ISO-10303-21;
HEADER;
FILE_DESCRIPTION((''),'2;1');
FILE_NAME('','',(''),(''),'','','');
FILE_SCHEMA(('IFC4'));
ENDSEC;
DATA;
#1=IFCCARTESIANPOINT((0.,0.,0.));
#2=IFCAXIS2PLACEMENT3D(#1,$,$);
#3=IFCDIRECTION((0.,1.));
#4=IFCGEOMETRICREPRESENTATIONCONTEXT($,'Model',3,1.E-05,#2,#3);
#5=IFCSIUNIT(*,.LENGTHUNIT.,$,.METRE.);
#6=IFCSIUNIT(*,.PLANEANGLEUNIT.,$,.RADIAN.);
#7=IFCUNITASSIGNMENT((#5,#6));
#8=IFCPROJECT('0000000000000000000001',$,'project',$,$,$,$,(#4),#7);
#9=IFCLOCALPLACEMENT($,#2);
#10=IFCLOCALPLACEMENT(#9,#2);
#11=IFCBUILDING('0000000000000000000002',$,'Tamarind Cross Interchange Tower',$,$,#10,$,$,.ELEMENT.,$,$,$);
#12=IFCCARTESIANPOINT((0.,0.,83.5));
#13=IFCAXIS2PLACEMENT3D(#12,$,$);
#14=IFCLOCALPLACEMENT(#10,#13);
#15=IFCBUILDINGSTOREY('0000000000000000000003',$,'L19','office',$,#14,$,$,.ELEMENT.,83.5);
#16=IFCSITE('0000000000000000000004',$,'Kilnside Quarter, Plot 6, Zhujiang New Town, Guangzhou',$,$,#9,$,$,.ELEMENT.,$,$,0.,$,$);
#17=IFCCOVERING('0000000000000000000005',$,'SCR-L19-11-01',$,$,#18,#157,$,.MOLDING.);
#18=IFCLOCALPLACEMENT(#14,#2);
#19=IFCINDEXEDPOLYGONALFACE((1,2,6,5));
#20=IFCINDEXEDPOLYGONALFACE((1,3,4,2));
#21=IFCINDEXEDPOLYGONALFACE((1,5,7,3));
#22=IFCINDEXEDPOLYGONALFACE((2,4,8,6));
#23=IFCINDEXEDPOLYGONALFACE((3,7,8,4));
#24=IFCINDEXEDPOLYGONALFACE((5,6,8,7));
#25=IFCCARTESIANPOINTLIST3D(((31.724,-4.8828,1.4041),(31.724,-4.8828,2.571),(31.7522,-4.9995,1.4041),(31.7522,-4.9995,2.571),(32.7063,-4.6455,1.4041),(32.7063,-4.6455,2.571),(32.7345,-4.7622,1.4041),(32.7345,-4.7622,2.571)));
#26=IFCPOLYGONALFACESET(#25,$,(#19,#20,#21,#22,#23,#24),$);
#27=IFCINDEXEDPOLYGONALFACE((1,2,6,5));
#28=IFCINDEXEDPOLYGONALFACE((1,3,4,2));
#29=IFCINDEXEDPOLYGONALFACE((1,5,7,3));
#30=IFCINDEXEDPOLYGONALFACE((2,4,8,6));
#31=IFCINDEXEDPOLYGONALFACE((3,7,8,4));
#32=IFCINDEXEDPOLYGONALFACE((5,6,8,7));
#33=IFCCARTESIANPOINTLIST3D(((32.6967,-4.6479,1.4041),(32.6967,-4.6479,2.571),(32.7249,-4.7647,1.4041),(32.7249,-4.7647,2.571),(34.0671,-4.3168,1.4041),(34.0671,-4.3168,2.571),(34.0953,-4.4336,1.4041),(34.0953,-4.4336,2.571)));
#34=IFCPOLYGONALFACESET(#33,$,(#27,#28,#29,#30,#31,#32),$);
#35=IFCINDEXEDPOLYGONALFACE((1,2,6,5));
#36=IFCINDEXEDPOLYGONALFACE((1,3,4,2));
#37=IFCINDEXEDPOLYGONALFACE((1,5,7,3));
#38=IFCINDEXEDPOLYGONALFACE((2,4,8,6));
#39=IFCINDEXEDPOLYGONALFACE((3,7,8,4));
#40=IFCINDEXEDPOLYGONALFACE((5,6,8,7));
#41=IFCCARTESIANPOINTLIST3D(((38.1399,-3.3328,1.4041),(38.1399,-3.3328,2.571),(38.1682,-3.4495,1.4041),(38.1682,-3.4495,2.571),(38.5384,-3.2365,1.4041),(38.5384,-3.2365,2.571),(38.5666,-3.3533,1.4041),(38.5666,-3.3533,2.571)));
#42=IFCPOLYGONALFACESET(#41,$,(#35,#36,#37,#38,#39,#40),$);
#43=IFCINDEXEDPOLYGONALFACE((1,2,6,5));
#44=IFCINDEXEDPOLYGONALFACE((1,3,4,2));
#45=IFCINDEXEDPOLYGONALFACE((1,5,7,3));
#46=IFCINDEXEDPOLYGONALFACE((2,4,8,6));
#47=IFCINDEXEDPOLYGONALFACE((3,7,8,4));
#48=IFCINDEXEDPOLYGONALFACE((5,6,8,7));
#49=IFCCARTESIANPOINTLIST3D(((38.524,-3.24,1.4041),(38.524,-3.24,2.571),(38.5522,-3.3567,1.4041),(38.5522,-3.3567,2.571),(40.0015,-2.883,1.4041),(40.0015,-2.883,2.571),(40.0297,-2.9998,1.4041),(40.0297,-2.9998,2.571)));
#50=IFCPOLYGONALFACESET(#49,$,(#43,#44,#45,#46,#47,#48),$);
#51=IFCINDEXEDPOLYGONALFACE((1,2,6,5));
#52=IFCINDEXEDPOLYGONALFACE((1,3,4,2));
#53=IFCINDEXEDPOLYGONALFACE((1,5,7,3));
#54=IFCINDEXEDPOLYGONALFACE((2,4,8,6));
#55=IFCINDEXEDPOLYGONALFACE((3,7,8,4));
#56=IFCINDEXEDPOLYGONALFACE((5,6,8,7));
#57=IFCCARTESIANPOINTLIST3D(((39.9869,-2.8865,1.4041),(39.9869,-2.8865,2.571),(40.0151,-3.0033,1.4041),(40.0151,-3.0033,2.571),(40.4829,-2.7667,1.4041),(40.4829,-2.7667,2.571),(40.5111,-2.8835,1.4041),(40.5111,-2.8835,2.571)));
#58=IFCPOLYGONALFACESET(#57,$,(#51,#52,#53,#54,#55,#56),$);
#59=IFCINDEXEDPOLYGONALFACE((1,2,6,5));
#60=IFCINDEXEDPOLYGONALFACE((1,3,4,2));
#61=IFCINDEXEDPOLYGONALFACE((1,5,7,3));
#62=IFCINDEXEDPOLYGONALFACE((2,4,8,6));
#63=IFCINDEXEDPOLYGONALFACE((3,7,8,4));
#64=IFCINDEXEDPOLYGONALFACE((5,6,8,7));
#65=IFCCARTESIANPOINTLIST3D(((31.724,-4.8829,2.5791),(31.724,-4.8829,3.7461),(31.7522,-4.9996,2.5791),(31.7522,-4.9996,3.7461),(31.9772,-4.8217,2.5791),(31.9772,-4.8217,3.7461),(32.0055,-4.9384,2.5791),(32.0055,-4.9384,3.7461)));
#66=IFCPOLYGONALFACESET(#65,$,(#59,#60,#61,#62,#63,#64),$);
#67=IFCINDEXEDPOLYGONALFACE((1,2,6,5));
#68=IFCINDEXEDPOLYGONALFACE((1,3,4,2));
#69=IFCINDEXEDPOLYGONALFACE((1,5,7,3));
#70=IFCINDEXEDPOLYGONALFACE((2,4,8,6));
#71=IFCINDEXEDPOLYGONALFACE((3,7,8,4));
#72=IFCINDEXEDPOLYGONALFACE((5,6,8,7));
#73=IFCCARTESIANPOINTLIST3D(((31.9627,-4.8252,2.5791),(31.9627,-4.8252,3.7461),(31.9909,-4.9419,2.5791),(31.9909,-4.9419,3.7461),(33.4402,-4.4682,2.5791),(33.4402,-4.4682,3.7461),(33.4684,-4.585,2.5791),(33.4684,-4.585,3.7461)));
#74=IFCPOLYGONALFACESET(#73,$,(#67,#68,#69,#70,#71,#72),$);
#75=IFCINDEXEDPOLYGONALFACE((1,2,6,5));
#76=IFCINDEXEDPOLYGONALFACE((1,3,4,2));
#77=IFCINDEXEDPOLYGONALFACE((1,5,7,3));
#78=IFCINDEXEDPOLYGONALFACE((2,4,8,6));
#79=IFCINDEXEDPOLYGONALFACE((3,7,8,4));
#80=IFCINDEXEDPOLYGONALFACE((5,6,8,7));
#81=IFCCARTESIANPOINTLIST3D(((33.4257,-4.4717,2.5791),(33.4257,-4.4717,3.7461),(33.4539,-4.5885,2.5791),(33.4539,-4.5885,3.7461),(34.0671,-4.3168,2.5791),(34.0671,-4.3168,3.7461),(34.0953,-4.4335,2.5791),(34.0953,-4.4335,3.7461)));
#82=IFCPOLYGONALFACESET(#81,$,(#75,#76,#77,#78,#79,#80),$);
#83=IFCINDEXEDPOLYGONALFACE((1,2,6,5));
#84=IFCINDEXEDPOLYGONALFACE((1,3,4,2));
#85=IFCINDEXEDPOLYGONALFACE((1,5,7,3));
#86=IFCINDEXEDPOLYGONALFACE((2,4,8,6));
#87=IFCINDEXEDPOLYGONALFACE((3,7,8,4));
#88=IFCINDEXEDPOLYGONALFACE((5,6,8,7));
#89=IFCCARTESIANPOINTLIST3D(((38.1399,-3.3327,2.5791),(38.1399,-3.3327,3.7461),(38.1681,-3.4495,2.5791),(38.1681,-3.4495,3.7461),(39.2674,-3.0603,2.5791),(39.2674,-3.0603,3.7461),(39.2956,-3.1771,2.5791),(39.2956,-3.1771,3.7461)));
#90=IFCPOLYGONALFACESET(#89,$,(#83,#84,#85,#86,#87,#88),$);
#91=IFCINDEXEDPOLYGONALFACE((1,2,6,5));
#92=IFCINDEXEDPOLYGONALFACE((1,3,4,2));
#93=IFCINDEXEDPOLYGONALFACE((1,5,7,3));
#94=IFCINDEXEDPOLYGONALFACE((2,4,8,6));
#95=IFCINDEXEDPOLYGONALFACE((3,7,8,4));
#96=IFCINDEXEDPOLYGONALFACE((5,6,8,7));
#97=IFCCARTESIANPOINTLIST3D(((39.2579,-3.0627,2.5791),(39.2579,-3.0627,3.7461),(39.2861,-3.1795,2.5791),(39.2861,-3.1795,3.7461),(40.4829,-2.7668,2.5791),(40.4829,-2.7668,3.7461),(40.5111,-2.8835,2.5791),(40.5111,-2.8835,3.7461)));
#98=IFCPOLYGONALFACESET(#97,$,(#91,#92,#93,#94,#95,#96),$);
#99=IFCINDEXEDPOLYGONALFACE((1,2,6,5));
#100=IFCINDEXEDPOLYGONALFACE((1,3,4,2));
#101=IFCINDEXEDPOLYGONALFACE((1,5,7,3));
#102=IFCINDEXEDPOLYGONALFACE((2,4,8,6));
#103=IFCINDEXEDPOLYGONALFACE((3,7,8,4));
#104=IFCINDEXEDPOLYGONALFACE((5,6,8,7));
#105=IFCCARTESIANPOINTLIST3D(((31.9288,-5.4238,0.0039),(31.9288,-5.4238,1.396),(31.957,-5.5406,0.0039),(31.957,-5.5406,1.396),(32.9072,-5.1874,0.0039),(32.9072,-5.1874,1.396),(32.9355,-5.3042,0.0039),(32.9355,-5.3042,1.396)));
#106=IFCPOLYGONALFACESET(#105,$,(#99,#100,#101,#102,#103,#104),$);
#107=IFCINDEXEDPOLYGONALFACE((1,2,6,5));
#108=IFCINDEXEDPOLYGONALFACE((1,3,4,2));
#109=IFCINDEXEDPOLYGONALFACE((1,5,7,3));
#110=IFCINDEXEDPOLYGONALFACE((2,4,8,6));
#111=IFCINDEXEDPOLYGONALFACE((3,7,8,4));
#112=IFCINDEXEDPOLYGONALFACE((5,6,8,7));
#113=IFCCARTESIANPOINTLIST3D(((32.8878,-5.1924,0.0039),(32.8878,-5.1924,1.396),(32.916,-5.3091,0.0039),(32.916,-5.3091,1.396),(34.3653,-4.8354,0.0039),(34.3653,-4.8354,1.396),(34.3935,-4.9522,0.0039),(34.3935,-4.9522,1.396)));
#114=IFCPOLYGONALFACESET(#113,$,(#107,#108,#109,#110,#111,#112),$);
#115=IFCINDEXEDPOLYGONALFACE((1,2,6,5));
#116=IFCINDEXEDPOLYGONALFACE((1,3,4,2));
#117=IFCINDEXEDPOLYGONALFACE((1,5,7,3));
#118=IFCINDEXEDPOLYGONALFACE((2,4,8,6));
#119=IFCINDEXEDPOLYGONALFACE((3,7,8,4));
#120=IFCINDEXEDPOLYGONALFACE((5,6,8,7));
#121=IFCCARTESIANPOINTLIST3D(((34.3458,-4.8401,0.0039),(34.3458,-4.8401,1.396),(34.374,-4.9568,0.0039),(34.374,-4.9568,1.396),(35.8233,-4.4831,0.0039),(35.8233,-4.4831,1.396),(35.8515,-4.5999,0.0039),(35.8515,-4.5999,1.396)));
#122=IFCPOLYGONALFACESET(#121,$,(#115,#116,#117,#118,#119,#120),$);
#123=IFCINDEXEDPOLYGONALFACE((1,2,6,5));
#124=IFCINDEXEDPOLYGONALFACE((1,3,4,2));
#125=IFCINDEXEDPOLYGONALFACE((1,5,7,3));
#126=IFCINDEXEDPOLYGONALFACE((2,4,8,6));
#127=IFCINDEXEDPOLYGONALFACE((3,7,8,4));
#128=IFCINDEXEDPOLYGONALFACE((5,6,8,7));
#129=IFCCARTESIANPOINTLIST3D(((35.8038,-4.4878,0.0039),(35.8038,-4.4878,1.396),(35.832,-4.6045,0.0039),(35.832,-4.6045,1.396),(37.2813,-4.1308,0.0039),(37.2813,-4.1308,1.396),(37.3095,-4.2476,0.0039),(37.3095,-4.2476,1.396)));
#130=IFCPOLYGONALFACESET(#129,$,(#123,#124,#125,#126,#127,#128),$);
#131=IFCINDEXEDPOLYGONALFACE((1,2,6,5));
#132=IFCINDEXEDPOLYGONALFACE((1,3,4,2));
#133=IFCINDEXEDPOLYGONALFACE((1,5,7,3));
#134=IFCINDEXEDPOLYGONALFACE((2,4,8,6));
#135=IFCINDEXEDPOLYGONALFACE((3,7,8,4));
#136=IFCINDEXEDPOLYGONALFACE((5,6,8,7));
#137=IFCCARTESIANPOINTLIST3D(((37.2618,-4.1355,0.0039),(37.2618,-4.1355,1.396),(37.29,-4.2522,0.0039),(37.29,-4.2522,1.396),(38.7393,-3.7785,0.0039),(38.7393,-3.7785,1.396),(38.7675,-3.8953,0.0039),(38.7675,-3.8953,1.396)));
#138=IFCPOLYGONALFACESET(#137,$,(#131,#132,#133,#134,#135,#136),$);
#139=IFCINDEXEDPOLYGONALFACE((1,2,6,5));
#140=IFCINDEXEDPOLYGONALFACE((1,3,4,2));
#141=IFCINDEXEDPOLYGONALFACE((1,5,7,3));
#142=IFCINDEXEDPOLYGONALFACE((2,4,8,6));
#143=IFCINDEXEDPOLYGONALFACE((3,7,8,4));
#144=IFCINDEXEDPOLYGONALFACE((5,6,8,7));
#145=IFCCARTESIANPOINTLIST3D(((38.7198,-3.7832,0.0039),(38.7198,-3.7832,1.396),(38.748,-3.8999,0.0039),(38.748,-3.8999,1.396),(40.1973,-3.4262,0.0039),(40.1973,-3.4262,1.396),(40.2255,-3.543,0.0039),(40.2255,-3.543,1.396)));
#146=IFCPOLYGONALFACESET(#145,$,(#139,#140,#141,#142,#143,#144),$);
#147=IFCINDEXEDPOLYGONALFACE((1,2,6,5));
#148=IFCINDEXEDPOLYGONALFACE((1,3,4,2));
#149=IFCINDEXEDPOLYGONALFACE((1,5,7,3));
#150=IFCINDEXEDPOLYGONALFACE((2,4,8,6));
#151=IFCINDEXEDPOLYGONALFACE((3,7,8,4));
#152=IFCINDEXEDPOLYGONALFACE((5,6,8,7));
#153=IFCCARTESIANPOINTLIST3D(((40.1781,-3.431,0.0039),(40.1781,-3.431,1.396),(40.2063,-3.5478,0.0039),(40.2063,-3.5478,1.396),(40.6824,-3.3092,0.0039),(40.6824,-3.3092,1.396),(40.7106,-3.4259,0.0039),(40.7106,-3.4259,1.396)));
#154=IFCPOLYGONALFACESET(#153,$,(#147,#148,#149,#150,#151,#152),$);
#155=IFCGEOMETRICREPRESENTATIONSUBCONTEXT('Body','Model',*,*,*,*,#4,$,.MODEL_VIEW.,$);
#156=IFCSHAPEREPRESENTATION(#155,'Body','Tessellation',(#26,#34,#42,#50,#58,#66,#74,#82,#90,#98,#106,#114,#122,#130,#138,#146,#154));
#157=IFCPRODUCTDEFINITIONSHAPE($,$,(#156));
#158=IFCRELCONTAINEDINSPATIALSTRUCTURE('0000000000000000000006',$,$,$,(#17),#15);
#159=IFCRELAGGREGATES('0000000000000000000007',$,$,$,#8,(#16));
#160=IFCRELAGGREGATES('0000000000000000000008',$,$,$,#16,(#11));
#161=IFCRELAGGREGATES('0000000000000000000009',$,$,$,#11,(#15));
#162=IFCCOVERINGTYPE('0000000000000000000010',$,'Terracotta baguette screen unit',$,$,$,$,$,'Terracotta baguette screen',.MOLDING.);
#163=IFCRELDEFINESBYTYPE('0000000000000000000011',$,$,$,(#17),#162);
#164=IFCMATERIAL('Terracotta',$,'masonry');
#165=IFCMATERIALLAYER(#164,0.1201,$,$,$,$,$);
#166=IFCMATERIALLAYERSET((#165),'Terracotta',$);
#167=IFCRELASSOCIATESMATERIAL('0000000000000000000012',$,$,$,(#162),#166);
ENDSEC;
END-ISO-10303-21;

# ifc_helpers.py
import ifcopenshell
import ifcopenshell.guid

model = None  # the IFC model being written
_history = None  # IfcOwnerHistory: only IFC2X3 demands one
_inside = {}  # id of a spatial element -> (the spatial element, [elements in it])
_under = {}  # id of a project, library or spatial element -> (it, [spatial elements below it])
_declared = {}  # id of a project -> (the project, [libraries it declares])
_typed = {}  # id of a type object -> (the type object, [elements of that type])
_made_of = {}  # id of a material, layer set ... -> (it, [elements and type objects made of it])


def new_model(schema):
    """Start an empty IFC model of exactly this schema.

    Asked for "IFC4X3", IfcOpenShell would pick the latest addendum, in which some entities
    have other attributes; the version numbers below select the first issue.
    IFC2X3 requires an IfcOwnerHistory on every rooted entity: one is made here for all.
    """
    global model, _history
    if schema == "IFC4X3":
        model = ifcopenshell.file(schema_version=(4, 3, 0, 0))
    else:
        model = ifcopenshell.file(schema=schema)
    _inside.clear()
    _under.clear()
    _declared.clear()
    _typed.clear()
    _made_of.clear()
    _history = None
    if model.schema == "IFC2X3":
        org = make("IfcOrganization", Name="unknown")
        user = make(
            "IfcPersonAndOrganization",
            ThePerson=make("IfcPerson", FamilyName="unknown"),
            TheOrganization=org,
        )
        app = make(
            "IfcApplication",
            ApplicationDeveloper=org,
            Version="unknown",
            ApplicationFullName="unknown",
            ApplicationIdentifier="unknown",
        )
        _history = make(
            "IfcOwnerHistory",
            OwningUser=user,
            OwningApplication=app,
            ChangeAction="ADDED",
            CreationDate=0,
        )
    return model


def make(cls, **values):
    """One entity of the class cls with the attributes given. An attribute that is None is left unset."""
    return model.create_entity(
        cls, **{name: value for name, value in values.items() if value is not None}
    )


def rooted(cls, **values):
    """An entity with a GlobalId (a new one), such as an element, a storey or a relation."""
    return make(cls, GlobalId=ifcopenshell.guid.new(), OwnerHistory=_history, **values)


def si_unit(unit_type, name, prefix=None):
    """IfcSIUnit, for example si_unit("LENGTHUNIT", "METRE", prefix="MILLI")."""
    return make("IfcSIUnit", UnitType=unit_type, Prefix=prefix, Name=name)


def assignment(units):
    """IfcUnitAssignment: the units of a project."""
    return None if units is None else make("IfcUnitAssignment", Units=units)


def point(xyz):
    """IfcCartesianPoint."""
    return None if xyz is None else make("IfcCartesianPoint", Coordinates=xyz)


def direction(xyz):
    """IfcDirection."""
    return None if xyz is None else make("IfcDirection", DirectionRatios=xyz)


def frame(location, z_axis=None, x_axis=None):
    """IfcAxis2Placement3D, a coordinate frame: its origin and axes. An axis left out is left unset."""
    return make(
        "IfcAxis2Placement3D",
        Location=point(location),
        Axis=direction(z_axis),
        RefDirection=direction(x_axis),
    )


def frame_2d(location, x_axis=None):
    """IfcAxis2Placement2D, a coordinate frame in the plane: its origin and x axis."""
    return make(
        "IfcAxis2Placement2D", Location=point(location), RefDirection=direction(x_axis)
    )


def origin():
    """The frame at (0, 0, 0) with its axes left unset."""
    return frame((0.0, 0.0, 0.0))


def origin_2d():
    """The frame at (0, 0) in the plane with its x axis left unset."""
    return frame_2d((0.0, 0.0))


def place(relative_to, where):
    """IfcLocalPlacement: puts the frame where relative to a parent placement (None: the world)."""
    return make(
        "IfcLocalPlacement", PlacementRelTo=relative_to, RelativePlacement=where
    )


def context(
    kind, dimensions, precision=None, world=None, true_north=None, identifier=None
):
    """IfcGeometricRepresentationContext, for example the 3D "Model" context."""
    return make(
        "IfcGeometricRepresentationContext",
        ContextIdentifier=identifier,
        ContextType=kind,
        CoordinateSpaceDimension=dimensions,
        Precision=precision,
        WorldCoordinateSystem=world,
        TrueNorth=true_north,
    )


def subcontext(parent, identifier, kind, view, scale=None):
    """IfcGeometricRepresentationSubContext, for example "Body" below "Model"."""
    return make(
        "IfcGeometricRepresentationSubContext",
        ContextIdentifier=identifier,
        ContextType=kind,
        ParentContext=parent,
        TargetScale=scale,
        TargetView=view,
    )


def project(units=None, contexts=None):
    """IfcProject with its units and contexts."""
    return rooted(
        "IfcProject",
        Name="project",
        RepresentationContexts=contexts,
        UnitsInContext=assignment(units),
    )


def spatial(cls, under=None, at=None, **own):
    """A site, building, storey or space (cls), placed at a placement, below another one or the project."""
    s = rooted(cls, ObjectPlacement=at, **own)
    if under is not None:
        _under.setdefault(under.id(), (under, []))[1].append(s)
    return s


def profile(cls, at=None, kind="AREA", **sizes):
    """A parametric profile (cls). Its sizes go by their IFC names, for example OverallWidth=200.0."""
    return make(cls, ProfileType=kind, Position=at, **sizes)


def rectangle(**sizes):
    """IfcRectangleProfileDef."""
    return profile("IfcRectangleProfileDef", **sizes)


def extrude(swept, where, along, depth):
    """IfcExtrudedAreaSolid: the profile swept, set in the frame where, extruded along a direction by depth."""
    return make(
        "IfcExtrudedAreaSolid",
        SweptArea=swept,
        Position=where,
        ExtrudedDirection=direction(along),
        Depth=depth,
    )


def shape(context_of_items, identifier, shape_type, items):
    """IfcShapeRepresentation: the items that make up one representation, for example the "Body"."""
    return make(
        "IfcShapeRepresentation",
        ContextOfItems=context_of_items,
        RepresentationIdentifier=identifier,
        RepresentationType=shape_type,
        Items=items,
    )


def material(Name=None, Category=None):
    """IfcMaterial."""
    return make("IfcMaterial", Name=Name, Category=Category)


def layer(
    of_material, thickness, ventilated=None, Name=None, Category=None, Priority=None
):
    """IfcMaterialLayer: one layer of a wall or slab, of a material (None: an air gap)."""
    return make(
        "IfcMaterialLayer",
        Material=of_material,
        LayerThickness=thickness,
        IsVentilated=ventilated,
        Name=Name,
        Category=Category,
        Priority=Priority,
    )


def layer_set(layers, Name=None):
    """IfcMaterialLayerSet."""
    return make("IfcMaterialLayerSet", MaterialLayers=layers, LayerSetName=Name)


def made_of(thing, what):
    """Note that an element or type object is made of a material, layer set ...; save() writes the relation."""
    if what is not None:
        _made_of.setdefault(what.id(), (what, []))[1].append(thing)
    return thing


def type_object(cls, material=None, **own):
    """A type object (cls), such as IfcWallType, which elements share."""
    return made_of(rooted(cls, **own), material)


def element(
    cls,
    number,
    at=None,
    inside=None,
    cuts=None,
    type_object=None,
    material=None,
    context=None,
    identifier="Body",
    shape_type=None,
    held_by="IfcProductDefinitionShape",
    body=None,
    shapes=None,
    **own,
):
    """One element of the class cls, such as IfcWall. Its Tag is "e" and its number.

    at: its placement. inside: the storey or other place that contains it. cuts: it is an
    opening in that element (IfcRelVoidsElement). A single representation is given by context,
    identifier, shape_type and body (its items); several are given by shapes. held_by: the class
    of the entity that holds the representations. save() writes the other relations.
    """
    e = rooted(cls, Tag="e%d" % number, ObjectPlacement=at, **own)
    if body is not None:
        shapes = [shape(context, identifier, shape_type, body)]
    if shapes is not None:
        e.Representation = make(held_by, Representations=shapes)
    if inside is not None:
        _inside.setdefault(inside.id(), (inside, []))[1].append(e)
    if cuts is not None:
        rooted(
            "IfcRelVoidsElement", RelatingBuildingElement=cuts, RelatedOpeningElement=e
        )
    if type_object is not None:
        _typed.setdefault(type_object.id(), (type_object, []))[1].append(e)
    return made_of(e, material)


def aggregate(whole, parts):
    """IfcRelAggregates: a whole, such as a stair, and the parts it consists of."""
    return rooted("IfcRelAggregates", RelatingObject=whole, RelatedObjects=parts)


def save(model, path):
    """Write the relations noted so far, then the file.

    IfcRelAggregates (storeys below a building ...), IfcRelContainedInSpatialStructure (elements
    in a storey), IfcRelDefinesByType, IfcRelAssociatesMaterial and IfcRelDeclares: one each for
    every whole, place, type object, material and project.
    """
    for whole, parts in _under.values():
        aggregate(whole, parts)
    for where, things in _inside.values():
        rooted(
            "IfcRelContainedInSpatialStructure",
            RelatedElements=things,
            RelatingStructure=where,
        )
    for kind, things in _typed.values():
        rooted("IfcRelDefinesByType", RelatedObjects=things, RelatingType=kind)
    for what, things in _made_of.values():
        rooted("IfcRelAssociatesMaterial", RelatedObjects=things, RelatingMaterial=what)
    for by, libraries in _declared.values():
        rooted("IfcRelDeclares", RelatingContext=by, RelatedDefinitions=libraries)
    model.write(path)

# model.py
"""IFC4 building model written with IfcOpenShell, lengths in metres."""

from ifc_helpers import new_model, si_unit, direction, frame, origin, origin_2d, place, context, subcontext, project, spatial, rectangle, extrude, material, layer, layer_set, type_object, element, save


model = new_model("IFC4")

# Units and contexts
model_context = context("Model", 3, precision=1e-05, world=origin(), true_north=direction((0.0, 1.0)))
body_context = subcontext(model_context, "Body", "Model", "MODEL_VIEW")
ifc_project = project(units=[si_unit("LENGTHUNIT", "METRE"), si_unit("PLANEANGLEUNIT", "RADIAN")], contexts=[model_context])

# Site, building, storey
site_placement = place(None, origin())
site = spatial("IfcSite", under=ifc_project, at=site_placement, Name="Kilnside Quarter, Plot 6, Zhujiang New Town, Guangzhou", CompositionType="ELEMENT", RefElevation=0.0)
building_placement = place(site_placement, origin())
building = spatial("IfcBuilding", under=site, at=building_placement, Name="Tamarind Cross Interchange Tower", CompositionType="ELEMENT")
storey_placement = place(building_placement, frame((0.0, 0.0, 83.5)))
storey = spatial("IfcBuildingStorey", under=building, at=storey_placement, Name="L19", Description="office", CompositionType="ELEMENT", Elevation=83.5)

# Covering
ifc_material_1 = material(Name="Terracotta", Category="masonry")
ifc_layer_1 = layer(ifc_material_1, 0.1201)
ifc_layer_set_1 = layer_set([ifc_layer_1], Name="Terracotta")
covering_type = type_object("IfcCoveringType", Name="Terracotta baguette screen unit", ElementType="Terracotta baguette screen", PredefinedType="MOLDING", material=ifc_layer_set_1)
covering_1_placement = place(storey_placement, origin())
element("IfcCovering", 1, at=covering_1_placement, inside=storey, type_object=covering_type, Name="SCR-L19-11-01", PredefinedType="MOLDING", context=body_context, shape_type="SweptSolid", body=[
    extrude(rectangle(XDim=1.0105, YDim=0.1201, at=origin_2d()), frame((32.2292, -4.8225, 1.4041), z_axis=(0.0, 0.0, 1.0), x_axis=(0.972033, 0.234844, 0.0)), (0.0, 0.0, 1.0), 1.167),
    extrude(rectangle(XDim=1.4099, YDim=0.1201, at=origin_2d()), frame((33.396, -4.5408, 1.4041), z_axis=(0.0, 0.0, 1.0), x_axis=(0.972033, 0.234844, 0.0)), (0.0, 0.0, 1.0), 1.167),
    extrude(rectangle(XDim=0.4099, YDim=0.1201, at=origin_2d()), frame((38.3533, -3.343, 1.4041), z_axis=(0.0, 0.0, 1.0), x_axis=(0.972033, 0.234844, 0.0)), (0.0, 0.0, 1.0), 1.167),
    extrude(rectangle(XDim=1.52, YDim=0.1201, at=origin_2d()), frame((39.2769, -3.1199, 1.4041), z_axis=(0.0, 0.0, 1.0), x_axis=(0.972033, 0.234844, 0.0)), (0.0, 0.0, 1.0), 1.167),
    extrude(rectangle(XDim=0.5103, YDim=0.1201, at=origin_2d()), frame((40.249, -2.885, 1.4041), z_axis=(0.0, 0.0, 1.0), x_axis=(0.972033, 0.234844, 0.0)), (0.0, 0.0, 1.0), 1.167),
    extrude(rectangle(XDim=0.2605, YDim=0.1201, at=origin_2d()), frame((31.8647, -4.9106, 2.5791), z_axis=(0.0, 0.0, 1.0), x_axis=(0.972033, 0.234844, 0.0)), (0.0, 0.0, 1.0), 1.167),
    extrude(rectangle(XDim=1.52, YDim=0.1201, at=origin_2d()), frame((32.7156, -4.7051, 2.5791), z_axis=(0.0, 0.0, 1.0), x_axis=(0.972033, 0.234844, 0.0)), (0.0, 0.0, 1.0), 1.167),
    extrude(rectangle(XDim=0.6599, YDim=0.1201, at=origin_2d()), frame((33.7605, -4.4526, 2.5791), z_axis=(0.0, 0.0, 1.0), x_axis=(0.972033, 0.234844, 0.0)), (0.0, 0.0, 1.0), 1.167),
    extrude(rectangle(XDim=1.1599, YDim=0.1201, at=origin_2d()), frame((38.7178, -3.2549, 2.5791), z_axis=(0.0, 0.0, 1.0), x_axis=(0.972033, 0.234844, 0.0)), (0.0, 0.0, 1.0), 1.167),
    extrude(rectangle(XDim=1.2603, YDim=0.1201, at=origin_2d()), frame((39.8845, -2.9731, 2.5791), z_axis=(0.0, 0.0, 1.0), x_axis=(0.972033, 0.234844, 0.0)), (0.0, 0.0, 1.0), 1.167),
    extrude(rectangle(XDim=1.0066, YDim=0.1201, at=origin_2d()), frame((32.4321, -5.364, 0.0039), z_axis=(0.0, 0.0, 1.0), x_axis=(0.972033, 0.234844, 0.0)), (0.0, 0.0, 1.0), 1.3921),
    extrude(rectangle(XDim=1.52, YDim=0.1201, at=origin_2d()), frame((33.6406, -5.0723, 0.0039), z_axis=(0.0, 0.0, 1.0), x_axis=(0.972033, 0.234844, 0.0)), (0.0, 0.0, 1.0), 1.3921),
    extrude(rectangle(XDim=1.52, YDim=0.1201, at=origin_2d()), frame((35.0986, -4.72, 0.0039), z_axis=(0.0, 0.0, 1.0), x_axis=(0.972033, 0.234844, 0.0)), (0.0, 0.0, 1.0), 1.3921),
    extrude(rectangle(XDim=1.52, YDim=0.1201, at=origin_2d()), frame((36.5566, -4.3677, 0.0039), z_axis=(0.0, 0.0, 1.0), x_axis=(0.972033, 0.234844, 0.0)), (0.0, 0.0, 1.0), 1.3921),
    extrude(rectangle(XDim=1.52, YDim=0.1201, at=origin_2d()), frame((38.0146, -4.0154, 0.0039), z_axis=(0.0, 0.0, 1.0), x_axis=(0.972033, 0.234844, 0.0)), (0.0, 0.0, 1.0), 1.3921),
    extrude(rectangle(XDim=1.52, YDim=0.1201, at=origin_2d()), frame((39.4727, -3.6631, 0.0039), z_axis=(0.0, 0.0, 1.0), x_axis=(0.972033, 0.234844, 0.0)), (0.0, 0.0, 1.0), 1.3921),
    extrude(rectangle(XDim=0.5188, YDim=0.1201, at=origin_2d()), frame((40.4443, -3.4285, 0.0039), z_axis=(0.0, 0.0, 1.0), x_axis=(0.972033, 0.234844, 0.0)), (0.0, 0.0, 1.0), 1.3921),
])

save(model, "model.ifc")
